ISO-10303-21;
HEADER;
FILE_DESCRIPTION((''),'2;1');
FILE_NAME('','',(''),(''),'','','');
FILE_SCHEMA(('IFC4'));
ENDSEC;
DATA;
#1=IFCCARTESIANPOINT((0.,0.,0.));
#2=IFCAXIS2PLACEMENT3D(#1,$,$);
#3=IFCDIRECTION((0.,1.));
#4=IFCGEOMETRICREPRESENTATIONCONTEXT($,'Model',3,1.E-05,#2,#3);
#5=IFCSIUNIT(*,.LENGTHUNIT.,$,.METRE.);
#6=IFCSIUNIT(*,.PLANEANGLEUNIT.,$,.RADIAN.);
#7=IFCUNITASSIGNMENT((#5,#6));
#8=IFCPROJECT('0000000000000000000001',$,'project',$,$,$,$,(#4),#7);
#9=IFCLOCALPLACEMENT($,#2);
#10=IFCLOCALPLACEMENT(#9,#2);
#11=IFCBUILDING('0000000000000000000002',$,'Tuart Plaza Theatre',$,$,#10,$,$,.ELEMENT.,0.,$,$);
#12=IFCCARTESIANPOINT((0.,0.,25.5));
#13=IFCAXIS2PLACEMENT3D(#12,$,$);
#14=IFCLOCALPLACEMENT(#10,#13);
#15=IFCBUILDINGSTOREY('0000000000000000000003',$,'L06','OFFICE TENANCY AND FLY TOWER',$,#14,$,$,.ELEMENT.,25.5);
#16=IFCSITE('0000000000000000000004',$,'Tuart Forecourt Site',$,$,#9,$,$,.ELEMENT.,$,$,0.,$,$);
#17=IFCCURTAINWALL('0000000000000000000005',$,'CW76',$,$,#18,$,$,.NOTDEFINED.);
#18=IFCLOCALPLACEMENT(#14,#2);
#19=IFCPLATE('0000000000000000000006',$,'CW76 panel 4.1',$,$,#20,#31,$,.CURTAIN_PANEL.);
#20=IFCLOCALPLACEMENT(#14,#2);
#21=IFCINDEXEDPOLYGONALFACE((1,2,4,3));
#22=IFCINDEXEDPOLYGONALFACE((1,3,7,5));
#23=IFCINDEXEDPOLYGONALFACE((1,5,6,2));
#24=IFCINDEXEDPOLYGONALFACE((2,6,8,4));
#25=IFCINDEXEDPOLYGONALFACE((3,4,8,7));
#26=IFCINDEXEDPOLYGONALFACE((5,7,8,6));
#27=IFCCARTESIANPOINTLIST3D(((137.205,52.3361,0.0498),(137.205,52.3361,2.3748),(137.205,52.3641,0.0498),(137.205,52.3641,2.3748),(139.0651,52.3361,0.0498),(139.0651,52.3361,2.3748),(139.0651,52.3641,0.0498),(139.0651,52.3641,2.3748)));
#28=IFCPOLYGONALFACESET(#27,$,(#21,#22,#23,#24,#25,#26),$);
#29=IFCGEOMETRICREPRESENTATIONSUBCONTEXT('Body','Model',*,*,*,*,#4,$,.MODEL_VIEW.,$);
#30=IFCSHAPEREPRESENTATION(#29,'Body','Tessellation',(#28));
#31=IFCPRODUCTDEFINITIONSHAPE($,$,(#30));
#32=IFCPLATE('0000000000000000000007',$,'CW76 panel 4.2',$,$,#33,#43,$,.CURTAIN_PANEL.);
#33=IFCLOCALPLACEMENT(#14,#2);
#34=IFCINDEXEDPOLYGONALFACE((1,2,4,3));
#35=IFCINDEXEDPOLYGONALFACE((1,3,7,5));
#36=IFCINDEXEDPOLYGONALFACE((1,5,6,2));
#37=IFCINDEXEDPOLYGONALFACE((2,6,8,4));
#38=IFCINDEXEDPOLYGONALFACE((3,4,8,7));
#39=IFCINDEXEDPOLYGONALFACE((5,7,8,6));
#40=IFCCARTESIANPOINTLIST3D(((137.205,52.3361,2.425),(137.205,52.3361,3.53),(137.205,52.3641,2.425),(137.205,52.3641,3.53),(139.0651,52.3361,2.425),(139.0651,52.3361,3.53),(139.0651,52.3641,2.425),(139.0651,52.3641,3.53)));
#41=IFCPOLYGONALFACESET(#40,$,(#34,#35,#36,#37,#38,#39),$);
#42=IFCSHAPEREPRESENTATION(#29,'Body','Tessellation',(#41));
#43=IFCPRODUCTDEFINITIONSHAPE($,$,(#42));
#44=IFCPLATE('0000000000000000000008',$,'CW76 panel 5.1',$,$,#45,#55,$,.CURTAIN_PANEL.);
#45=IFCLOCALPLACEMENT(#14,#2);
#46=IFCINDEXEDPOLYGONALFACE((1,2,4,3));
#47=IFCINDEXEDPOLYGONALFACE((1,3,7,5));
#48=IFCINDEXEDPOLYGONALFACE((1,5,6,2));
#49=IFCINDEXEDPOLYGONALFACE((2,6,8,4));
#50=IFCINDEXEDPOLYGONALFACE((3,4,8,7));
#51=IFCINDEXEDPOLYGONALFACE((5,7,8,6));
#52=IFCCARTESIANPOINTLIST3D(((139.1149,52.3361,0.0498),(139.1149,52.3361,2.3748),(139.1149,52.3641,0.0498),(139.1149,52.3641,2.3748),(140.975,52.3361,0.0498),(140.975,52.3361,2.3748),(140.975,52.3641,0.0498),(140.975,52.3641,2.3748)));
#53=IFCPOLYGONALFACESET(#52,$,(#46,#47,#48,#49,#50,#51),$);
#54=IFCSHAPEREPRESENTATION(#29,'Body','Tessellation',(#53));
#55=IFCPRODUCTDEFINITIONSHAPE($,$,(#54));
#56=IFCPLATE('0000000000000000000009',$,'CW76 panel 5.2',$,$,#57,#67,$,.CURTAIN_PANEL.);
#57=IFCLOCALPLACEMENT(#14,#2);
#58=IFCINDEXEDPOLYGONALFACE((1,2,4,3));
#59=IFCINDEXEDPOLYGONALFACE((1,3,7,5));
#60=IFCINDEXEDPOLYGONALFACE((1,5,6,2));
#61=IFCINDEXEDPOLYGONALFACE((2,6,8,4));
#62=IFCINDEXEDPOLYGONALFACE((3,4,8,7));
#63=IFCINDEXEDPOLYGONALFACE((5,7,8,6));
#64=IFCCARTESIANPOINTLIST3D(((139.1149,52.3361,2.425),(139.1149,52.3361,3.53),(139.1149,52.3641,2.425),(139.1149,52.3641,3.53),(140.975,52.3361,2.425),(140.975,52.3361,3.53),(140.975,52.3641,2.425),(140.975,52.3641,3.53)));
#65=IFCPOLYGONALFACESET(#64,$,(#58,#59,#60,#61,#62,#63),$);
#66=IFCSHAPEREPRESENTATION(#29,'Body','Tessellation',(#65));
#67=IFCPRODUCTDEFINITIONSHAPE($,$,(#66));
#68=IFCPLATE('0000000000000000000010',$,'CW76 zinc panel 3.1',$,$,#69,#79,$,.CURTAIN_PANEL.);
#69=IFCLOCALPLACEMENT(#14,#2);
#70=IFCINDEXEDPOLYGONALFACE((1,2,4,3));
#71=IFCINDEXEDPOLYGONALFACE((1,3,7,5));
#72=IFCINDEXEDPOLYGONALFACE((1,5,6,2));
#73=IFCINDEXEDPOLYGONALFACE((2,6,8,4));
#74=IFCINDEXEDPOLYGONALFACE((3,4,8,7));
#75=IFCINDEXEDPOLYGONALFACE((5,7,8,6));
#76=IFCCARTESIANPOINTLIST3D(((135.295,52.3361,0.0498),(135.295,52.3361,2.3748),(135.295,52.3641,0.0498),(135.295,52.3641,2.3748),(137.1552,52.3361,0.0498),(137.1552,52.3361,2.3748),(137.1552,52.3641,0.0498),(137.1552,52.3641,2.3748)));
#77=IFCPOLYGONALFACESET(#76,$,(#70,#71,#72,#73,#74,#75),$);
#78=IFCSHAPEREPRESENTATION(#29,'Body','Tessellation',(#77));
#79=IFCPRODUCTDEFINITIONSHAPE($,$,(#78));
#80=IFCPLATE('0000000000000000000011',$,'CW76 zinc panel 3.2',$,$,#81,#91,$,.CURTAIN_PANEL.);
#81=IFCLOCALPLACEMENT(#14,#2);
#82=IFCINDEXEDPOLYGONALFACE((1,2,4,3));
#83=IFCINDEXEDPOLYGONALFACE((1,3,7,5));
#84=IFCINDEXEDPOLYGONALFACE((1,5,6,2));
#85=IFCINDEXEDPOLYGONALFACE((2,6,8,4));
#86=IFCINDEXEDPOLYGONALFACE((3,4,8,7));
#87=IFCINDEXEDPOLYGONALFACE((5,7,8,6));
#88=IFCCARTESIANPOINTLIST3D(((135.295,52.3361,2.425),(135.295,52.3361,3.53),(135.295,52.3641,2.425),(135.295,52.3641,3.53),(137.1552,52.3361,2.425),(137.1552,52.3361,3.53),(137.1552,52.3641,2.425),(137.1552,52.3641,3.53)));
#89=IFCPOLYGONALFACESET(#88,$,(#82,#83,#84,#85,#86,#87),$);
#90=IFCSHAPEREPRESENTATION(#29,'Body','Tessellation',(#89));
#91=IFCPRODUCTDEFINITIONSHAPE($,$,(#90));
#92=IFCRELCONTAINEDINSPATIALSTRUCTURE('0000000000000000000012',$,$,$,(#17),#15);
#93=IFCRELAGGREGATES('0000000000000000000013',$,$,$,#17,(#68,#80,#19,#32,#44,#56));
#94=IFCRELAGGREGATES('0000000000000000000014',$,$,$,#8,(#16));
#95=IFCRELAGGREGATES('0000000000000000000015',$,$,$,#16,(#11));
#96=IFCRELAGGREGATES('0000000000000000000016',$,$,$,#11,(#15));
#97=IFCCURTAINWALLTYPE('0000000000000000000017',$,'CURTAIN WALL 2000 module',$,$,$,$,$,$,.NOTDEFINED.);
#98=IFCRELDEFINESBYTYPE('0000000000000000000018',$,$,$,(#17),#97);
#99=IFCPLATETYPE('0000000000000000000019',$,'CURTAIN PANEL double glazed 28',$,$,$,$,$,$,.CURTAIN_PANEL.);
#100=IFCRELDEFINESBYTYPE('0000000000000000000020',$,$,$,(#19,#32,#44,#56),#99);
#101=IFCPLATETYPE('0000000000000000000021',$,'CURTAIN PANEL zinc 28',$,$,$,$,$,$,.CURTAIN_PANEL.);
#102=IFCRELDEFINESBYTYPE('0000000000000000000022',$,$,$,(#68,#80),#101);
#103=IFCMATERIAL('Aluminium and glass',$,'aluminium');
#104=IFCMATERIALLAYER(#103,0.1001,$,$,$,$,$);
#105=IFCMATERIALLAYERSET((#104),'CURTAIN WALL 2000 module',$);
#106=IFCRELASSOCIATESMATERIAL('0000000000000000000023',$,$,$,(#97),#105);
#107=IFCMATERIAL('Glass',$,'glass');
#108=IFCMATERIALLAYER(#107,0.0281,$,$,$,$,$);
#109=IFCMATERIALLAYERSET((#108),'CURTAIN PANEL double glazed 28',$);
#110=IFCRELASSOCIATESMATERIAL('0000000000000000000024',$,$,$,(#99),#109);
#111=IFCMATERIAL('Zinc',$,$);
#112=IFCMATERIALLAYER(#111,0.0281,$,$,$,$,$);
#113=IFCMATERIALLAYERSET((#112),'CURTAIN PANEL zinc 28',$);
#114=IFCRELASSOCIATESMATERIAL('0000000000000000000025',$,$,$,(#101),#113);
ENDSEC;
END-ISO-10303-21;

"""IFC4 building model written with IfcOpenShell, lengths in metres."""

from ifc_helpers import new_model, si_unit, direction, frame, origin, origin_2d, place, context, subcontext, project, spatial, rectangle, extrude, material, layer, layer_set, type_object, element, aggregate, save


model = new_model("IFC4")

# Units and contexts
model_context = context("Model", 3, precision=1e-05, world=origin(), true_north=direction((0.0, 1.0)))
body_context = subcontext(model_context, "Body", "Model", "MODEL_VIEW")
ifc_project = project(units=[si_unit("LENGTHUNIT", "METRE"), si_unit("PLANEANGLEUNIT", "RADIAN")], contexts=[model_context])

# Site, building, storey
site_placement = place(None, origin())
site = spatial("IfcSite", under=ifc_project, at=site_placement, Name="Tuart Forecourt Site", CompositionType="ELEMENT", RefElevation=0.0)
building_placement = place(site_placement, origin())
building = spatial("IfcBuilding", under=site, at=building_placement, Name="Tuart Plaza Theatre", CompositionType="ELEMENT", ElevationOfRefHeight=0.0)
storey_placement = place(building_placement, frame((0.0, 0.0, 25.5)))
storey = spatial("IfcBuildingStorey", under=building, at=storey_placement, Name="L06", Description="OFFICE TENANCY AND FLY TOWER", CompositionType="ELEMENT", Elevation=25.5)

# Curtain wall, plates
ifc_material_1 = material(Name="Aluminium and glass", Category="aluminium")
ifc_layer_1 = layer(ifc_material_1, 0.1001)
ifc_layer_set_1 = layer_set([ifc_layer_1], Name="CURTAIN WALL 2000 module")
curtain_wall_type = type_object("IfcCurtainWallType", Name="CURTAIN WALL 2000 module", PredefinedType="NOTDEFINED", material=ifc_layer_set_1)
curtain_wall_placement = place(storey_placement, origin())
curtain_wall = element("IfcCurtainWall", 1, at=curtain_wall_placement, inside=storey, type_object=curtain_wall_type, Name="CW76", PredefinedType="NOTDEFINED")
ifc_material_2 = material(Name="Glass", Category="glass")
ifc_layer_2 = layer(ifc_material_2, 0.0281)
ifc_layer_set_2 = layer_set([ifc_layer_2], Name="CURTAIN PANEL double glazed 28")
plate_type_1 = type_object("IfcPlateType", Name="CURTAIN PANEL double glazed 28", PredefinedType="CURTAIN_PANEL", material=ifc_layer_set_2)
plate_1_placement = place(storey_placement, frame((138.135, 52.3501, 0.0498), z_axis=(0.0, 0.0, 1.0), x_axis=(1.0, 0.0, 0.0)))
plate_1 = element("IfcPlate", 2, at=plate_1_placement, type_object=plate_type_1, Name="CW76 panel 4.1", PredefinedType="CURTAIN_PANEL", context=body_context, shape_type="SweptSolid", body=[
    extrude(rectangle(XDim=1.8601, YDim=0.0281, at=origin_2d()), origin(), (0.0, 0.0, 1.0), 2.325),
])
plate_2_placement = place(storey_placement, frame((138.135, 52.3501, 2.425), z_axis=(0.0, 0.0, 1.0), x_axis=(1.0, 0.0, 0.0)))
plate_2 = element("IfcPlate", 3, at=plate_2_placement, type_object=plate_type_1, Name="CW76 panel 4.2", PredefinedType="CURTAIN_PANEL", context=body_context, shape_type="SweptSolid", body=[
    extrude(rectangle(XDim=1.8601, YDim=0.0281, at=origin_2d()), origin(), (0.0, 0.0, 1.0), 1.105),
])
plate_3_placement = place(storey_placement, frame((140.0449, 52.3501, 0.0498), z_axis=(0.0, 0.0, 1.0), x_axis=(1.0, 0.0, 0.0)))
plate_3 = element("IfcPlate", 4, at=plate_3_placement, type_object=plate_type_1, Name="CW76 panel 5.1", PredefinedType="CURTAIN_PANEL", context=body_context, shape_type="SweptSolid", body=[
    extrude(rectangle(XDim=1.8601, YDim=0.0281, at=origin_2d()), origin(), (0.0, 0.0, 1.0), 2.325),
])
plate_4_placement = place(storey_placement, frame((140.0449, 52.3501, 2.425), z_axis=(0.0, 0.0, 1.0), x_axis=(1.0, 0.0, 0.0)))
plate_4 = element("IfcPlate", 5, at=plate_4_placement, type_object=plate_type_1, Name="CW76 panel 5.2", PredefinedType="CURTAIN_PANEL", context=body_context, shape_type="SweptSolid", body=[
    extrude(rectangle(XDim=1.8601, YDim=0.0281, at=origin_2d()), origin(), (0.0, 0.0, 1.0), 1.105),
])
ifc_material_3 = material(Name="Zinc")
ifc_layer_3 = layer(ifc_material_3, 0.0281)
ifc_layer_set_3 = layer_set([ifc_layer_3], Name="CURTAIN PANEL zinc 28")
plate_type_2 = type_object("IfcPlateType", Name="CURTAIN PANEL zinc 28", PredefinedType="CURTAIN_PANEL", material=ifc_layer_set_3)
plate_5_placement = place(storey_placement, frame((136.2251, 52.3501, 0.0498), z_axis=(0.0, 0.0, 1.0), x_axis=(1.0, 0.0, 0.0)))
plate_5 = element("IfcPlate", 6, at=plate_5_placement, type_object=plate_type_2, Name="CW76 zinc panel 3.1", PredefinedType="CURTAIN_PANEL", context=body_context, shape_type="SweptSolid", body=[
    extrude(rectangle(XDim=1.8601, YDim=0.0281, at=origin_2d()), origin(), (0.0, 0.0, 1.0), 2.325),
])
plate_6_placement = place(storey_placement, frame((136.2251, 52.3501, 2.425), z_axis=(0.0, 0.0, 1.0), x_axis=(1.0, 0.0, 0.0)))
plate_6 = element("IfcPlate", 7, at=plate_6_placement, type_object=plate_type_2, Name="CW76 zinc panel 3.2", PredefinedType="CURTAIN_PANEL", context=body_context, shape_type="SweptSolid", body=[
    extrude(rectangle(XDim=1.8601, YDim=0.0281, at=origin_2d()), origin(), (0.0, 0.0, 1.0), 1.105),
])
aggregate(curtain_wall, [plate_5, plate_6, plate_1, plate_2, plate_3, plate_4])

save(model, "model.ifc")
